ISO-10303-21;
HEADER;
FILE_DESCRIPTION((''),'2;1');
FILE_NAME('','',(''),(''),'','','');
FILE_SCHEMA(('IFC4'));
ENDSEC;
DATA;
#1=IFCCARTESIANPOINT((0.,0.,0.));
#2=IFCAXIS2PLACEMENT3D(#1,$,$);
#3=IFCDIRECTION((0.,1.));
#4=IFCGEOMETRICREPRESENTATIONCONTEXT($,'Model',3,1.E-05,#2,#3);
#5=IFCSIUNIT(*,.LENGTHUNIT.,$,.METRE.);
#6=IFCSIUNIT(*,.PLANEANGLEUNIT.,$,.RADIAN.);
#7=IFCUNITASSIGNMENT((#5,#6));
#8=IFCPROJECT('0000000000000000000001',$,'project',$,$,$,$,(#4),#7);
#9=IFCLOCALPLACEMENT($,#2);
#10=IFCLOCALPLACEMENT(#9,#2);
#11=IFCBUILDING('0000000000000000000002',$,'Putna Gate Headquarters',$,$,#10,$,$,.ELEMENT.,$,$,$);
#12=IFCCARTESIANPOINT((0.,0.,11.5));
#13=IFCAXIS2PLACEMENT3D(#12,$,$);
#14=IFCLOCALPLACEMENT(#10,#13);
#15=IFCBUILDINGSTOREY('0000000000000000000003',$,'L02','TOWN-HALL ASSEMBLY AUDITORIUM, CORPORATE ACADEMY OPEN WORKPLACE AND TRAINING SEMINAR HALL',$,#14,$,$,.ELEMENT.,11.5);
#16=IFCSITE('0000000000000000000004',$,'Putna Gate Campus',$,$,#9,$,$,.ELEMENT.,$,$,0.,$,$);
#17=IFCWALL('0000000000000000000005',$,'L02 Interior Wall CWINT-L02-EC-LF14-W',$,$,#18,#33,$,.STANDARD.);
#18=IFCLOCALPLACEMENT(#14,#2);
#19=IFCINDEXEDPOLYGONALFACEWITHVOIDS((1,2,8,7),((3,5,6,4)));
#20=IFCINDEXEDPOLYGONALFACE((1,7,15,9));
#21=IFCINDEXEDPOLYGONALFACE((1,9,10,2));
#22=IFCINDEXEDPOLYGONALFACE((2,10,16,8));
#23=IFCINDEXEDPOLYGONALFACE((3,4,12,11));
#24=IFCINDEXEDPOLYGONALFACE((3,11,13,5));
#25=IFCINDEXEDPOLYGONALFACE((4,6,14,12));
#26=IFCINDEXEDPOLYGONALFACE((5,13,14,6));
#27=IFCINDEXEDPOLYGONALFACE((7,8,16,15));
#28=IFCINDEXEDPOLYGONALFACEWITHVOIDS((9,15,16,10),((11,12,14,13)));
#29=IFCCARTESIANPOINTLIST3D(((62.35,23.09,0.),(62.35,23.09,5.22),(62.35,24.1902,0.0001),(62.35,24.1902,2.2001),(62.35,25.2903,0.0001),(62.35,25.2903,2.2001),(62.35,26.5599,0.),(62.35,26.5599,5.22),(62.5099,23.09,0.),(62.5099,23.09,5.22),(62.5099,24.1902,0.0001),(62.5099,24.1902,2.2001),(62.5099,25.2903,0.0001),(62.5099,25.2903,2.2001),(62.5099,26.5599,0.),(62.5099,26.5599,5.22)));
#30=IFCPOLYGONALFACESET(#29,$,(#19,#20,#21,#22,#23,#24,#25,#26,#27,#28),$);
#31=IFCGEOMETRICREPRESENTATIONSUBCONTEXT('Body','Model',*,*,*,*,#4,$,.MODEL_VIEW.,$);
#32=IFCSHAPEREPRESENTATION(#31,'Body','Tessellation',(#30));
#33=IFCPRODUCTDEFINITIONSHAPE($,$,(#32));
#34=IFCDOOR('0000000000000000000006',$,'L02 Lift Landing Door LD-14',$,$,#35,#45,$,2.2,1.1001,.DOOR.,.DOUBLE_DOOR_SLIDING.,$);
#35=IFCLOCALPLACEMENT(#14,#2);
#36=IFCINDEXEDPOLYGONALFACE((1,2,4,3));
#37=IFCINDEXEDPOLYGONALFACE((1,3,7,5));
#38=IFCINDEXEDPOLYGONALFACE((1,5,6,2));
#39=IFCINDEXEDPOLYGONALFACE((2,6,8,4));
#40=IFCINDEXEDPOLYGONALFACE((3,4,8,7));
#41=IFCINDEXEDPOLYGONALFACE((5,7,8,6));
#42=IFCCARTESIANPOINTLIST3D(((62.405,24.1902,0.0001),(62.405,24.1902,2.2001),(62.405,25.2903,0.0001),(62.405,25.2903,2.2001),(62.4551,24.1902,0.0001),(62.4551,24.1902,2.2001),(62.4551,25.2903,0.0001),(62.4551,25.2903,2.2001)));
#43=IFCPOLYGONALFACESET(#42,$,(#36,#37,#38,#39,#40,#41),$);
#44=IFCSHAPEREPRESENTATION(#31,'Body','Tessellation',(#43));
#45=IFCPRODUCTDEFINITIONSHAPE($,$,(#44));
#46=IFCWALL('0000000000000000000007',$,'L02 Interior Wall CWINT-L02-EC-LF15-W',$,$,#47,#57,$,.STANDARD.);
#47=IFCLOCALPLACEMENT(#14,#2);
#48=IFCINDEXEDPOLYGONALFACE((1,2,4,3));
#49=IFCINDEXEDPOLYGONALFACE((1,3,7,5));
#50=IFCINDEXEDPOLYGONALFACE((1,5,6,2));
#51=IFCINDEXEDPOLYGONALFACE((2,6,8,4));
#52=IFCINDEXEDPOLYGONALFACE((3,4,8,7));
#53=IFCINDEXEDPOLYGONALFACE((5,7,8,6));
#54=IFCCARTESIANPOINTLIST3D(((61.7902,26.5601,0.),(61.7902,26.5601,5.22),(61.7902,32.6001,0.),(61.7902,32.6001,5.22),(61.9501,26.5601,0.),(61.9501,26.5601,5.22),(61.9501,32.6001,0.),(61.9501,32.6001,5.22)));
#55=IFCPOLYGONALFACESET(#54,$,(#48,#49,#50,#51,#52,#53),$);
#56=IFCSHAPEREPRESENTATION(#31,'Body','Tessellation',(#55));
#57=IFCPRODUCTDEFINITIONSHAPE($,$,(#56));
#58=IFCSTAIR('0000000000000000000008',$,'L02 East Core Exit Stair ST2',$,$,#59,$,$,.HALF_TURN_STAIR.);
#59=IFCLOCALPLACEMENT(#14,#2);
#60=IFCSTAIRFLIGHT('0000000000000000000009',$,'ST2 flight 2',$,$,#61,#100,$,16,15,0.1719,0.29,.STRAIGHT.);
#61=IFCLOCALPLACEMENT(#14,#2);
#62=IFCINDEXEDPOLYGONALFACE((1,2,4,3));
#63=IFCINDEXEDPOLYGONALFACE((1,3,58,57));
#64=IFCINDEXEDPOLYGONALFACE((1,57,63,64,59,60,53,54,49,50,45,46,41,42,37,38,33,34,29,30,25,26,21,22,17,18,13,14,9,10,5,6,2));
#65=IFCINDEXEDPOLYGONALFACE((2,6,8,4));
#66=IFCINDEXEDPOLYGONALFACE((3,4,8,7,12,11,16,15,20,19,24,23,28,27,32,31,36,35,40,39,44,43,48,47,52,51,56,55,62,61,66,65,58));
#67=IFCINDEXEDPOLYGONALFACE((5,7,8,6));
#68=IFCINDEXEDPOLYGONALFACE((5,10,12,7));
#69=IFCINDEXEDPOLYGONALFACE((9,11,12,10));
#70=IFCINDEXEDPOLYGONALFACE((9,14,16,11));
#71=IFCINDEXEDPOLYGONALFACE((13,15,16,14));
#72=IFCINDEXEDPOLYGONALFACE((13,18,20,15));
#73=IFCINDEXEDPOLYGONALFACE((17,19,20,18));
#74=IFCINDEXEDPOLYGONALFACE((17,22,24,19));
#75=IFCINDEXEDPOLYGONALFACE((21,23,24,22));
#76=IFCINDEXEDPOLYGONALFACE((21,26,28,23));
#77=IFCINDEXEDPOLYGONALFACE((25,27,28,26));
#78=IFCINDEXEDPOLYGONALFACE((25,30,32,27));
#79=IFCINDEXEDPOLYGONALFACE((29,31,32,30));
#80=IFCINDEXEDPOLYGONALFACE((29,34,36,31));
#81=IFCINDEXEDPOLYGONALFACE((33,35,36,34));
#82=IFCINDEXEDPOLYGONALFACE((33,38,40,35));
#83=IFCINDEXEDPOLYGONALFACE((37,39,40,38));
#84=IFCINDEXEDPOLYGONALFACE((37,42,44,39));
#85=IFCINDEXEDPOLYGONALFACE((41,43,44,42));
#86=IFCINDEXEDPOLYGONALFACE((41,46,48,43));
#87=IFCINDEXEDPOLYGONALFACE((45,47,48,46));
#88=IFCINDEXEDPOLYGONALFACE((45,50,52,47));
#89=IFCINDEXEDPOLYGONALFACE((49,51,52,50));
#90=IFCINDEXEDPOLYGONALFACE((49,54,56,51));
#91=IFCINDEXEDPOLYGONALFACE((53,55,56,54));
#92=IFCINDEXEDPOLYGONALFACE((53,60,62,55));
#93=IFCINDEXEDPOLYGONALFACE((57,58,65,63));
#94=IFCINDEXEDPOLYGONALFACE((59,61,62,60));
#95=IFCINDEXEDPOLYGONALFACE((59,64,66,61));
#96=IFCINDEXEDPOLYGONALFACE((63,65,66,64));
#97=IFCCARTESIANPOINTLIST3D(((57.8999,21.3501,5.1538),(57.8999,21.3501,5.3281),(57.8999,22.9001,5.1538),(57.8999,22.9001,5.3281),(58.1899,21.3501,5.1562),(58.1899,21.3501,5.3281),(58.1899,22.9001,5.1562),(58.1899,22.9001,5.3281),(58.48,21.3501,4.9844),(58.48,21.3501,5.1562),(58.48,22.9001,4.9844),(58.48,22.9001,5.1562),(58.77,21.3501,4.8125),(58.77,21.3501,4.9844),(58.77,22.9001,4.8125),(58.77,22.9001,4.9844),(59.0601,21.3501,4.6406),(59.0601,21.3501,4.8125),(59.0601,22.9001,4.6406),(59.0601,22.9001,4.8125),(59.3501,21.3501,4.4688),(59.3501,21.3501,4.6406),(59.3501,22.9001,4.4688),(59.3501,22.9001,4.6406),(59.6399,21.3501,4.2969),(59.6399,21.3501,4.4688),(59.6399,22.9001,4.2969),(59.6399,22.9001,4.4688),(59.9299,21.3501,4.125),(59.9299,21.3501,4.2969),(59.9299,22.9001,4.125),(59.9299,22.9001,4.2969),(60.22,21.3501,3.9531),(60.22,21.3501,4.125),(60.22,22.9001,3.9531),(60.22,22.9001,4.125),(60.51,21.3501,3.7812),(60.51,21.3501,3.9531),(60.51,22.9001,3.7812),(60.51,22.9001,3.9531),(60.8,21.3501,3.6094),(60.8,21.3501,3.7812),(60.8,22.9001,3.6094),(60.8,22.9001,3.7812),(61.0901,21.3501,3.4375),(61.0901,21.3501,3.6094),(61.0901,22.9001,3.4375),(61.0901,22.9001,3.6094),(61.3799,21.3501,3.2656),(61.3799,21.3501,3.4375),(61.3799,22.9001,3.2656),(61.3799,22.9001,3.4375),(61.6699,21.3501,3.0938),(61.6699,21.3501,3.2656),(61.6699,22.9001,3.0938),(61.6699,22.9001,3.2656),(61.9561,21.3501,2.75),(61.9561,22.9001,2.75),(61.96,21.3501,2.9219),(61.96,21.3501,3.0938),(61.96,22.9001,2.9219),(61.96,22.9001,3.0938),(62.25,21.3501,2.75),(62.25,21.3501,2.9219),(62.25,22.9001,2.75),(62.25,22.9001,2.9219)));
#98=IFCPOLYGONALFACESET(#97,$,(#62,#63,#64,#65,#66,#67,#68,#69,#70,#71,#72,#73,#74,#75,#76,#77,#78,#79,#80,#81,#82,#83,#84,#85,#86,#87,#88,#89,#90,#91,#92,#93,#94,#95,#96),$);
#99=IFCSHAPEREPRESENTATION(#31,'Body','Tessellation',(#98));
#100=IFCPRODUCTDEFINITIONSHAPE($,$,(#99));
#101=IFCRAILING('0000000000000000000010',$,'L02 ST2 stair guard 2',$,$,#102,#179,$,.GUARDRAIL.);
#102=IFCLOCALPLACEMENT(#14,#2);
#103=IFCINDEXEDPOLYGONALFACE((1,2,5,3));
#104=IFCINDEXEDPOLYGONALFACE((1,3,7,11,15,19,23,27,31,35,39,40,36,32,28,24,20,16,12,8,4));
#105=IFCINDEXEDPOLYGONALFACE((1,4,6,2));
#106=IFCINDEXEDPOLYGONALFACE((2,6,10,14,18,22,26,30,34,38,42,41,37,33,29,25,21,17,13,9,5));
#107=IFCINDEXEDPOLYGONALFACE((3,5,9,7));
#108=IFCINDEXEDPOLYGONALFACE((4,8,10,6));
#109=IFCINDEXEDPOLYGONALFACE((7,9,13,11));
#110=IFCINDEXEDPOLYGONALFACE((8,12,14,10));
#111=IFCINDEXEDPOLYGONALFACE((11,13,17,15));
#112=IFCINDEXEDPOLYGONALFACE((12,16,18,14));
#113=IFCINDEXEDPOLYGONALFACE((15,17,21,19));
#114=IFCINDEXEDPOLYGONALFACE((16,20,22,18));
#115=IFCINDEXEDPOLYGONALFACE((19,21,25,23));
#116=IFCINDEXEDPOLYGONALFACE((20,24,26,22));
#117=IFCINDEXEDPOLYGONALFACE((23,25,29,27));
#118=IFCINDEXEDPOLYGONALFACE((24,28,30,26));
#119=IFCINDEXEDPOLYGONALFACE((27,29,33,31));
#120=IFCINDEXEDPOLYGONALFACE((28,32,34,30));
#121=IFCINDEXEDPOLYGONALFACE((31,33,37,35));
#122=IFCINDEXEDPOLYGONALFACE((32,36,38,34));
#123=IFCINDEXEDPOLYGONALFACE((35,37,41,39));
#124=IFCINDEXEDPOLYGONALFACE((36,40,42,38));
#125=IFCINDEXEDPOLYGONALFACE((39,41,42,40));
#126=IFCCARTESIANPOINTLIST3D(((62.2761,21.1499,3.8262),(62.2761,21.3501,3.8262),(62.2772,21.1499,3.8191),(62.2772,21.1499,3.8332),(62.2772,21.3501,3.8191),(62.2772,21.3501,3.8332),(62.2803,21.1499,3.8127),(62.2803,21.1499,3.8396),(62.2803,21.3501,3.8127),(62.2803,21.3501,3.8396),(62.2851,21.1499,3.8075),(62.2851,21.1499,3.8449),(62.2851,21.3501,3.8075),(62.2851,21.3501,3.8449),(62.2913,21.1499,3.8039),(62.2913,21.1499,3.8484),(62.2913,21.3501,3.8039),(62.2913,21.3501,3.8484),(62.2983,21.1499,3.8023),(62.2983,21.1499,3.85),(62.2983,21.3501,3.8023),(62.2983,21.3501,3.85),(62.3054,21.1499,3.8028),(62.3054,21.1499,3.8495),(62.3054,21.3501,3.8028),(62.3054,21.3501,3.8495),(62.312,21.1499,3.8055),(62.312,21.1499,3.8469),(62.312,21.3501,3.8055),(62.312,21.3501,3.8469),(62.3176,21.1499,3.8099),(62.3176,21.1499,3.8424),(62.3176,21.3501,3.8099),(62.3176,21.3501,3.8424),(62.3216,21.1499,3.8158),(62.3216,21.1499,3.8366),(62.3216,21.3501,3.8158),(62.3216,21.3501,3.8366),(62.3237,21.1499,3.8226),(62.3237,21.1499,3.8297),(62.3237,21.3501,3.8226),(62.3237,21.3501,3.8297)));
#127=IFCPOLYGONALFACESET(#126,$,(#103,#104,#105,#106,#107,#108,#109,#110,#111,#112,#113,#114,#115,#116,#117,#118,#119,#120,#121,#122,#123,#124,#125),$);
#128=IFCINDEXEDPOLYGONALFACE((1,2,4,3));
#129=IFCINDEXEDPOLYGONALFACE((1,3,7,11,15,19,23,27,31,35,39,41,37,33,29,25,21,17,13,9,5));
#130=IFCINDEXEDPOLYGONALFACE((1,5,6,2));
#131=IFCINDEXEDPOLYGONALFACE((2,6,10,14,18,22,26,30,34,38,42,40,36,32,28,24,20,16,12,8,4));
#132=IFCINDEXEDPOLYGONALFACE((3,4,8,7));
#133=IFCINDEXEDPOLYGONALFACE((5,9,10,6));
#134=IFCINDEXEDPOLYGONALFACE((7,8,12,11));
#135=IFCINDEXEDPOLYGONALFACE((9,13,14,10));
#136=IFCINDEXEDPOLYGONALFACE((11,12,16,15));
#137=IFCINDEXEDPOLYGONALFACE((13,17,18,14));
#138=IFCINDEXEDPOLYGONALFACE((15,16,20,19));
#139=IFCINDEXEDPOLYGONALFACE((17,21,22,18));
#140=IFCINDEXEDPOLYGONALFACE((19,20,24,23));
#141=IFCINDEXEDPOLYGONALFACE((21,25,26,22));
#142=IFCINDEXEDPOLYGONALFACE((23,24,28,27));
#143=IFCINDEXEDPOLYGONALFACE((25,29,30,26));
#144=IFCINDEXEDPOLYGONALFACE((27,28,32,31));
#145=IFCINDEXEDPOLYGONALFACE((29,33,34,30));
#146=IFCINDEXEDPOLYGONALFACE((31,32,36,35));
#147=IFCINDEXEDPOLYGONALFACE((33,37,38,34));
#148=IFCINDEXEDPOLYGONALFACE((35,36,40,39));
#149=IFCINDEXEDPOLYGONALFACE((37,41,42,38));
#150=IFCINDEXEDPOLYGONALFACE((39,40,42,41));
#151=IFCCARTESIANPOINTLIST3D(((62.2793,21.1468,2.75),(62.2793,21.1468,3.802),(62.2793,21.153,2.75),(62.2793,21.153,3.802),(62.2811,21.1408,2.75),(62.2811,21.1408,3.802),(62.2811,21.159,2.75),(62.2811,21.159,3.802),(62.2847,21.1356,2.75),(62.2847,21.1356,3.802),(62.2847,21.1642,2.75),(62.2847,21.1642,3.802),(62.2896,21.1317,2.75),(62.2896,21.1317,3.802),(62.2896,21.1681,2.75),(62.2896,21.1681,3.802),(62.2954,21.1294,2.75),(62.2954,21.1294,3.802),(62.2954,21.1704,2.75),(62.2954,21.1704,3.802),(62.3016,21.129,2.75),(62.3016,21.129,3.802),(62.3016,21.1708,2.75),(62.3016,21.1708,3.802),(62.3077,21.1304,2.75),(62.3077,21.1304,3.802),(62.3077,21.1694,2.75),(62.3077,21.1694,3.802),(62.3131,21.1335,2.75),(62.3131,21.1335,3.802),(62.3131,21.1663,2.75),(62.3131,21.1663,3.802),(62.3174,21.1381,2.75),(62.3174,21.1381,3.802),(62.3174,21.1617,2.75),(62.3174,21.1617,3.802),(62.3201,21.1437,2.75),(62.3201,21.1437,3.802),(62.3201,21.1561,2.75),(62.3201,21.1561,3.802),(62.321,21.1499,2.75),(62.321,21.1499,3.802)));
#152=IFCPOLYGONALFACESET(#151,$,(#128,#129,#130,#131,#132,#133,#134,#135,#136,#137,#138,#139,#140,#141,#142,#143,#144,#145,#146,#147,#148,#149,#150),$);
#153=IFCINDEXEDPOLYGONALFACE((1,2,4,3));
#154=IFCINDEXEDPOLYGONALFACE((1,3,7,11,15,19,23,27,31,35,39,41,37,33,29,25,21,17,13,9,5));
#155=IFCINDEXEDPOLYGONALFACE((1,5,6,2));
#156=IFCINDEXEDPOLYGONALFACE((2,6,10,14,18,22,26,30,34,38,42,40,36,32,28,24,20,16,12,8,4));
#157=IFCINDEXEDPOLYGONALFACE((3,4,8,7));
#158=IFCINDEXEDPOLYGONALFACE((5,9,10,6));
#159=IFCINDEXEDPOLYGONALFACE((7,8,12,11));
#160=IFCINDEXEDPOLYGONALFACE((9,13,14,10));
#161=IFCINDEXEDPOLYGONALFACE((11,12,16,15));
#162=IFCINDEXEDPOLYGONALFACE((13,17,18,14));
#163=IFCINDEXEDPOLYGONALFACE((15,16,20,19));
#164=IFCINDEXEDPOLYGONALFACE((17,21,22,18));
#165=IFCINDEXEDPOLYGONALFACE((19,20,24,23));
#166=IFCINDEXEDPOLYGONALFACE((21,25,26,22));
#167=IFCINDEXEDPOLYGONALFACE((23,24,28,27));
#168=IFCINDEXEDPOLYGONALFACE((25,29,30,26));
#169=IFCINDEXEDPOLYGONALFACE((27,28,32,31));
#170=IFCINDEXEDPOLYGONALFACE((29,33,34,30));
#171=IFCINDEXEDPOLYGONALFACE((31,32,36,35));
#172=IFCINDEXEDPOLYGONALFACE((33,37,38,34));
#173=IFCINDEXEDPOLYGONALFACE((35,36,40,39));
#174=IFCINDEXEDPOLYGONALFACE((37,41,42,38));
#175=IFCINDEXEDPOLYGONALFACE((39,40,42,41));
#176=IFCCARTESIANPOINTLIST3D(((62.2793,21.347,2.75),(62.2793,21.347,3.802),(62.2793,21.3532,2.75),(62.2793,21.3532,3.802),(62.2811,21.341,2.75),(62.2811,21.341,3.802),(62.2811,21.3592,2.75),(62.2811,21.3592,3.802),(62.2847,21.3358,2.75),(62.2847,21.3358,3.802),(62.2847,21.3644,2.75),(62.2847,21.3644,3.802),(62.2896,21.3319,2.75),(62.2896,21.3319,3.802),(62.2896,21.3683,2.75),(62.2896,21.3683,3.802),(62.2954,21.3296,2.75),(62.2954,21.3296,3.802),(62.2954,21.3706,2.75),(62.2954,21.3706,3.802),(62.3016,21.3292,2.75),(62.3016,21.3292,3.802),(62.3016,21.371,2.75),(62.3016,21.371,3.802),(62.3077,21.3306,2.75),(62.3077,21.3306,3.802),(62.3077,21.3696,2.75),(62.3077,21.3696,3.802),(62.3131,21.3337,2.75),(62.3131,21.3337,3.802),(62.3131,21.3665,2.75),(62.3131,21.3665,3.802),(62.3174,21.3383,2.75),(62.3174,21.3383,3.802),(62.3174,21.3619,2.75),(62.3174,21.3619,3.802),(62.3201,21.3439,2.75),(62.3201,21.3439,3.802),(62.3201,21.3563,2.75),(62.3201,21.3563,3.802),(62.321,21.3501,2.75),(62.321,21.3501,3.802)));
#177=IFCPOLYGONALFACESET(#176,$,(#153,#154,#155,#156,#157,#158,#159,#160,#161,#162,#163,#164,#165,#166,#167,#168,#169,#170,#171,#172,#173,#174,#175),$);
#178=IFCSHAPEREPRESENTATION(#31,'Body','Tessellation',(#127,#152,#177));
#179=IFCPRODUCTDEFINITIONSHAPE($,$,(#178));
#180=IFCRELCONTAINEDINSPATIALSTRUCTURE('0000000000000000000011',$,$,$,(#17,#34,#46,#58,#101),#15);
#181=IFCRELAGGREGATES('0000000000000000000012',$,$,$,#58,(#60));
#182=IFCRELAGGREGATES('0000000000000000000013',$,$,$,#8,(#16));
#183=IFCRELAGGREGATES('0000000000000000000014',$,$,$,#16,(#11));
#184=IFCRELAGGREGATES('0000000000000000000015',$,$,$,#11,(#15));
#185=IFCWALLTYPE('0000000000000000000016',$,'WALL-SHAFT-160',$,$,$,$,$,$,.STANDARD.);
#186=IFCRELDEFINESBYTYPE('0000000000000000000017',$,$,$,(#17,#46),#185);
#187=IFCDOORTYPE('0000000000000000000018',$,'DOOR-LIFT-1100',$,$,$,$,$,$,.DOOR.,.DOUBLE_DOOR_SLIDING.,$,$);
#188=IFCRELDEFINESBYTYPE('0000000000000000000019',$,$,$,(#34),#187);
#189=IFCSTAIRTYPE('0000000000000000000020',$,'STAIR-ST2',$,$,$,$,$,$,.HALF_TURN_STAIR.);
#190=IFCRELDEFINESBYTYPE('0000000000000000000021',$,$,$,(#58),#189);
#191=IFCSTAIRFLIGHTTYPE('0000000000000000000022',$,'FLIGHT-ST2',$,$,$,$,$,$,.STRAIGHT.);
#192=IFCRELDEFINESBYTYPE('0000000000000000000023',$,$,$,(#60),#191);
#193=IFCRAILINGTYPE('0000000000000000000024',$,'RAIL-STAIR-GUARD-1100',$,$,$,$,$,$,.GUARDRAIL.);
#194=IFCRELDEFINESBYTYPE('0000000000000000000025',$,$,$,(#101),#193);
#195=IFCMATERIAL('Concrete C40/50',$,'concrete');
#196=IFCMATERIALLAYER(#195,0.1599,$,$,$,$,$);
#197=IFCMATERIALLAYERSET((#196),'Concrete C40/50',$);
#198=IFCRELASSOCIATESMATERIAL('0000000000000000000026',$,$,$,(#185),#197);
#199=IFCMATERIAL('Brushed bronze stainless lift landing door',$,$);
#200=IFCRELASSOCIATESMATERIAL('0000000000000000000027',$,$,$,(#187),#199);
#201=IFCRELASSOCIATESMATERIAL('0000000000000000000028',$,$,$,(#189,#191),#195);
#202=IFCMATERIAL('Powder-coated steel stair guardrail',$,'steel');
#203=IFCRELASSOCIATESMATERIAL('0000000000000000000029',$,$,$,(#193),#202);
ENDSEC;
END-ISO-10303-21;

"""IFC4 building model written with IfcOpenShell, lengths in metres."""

from ifc_helpers import new_model, si_unit, direction, frame, frame_2d, origin, origin_2d, place, context, subcontext, project, spatial, polyline, rectangle, circle, outline, extrude, material, layer, layer_set, type_object, element, fill, aggregate, save


model = new_model("IFC4")

# Units and contexts
model_context = context("Model", 3, precision=1e-05, world=origin(), true_north=direction((0.0, 1.0)))
body_context = subcontext(model_context, "Body", "Model", "MODEL_VIEW")
ifc_project = project(units=[si_unit("LENGTHUNIT", "METRE"), si_unit("PLANEANGLEUNIT", "RADIAN")], contexts=[model_context])

# Site, building, storey
site_placement = place(None, origin())
site = spatial("IfcSite", under=ifc_project, at=site_placement, Name="Putna Gate Campus", CompositionType="ELEMENT", RefElevation=0.0)
building_placement = place(site_placement, origin())
building = spatial("IfcBuilding", under=site, at=building_placement, Name="Putna Gate Headquarters", CompositionType="ELEMENT")
storey_placement = place(building_placement, frame((0.0, 0.0, 11.5)))
storey = spatial("IfcBuildingStorey", under=building, at=storey_placement, Name="L02", Description="TOWN-HALL ASSEMBLY AUDITORIUM, CORPORATE ACADEMY OPEN WORKPLACE AND TRAINING SEMINAR HALL", CompositionType="ELEMENT", Elevation=11.5)

# Wall, opening, door
ifc_material_1 = material(Name="Concrete C40/50", Category="concrete")
ifc_layer_1 = layer(ifc_material_1, 0.1599)
ifc_layer_set_1 = layer_set([ifc_layer_1], Name="Concrete C40/50")
wall_type_1 = type_object("IfcWallType", Name="WALL-SHAFT-160", PredefinedType="STANDARD", material=ifc_layer_set_1)
wall_1_placement = place(storey_placement, frame((62.4299, 23.0901, 0.0), z_axis=(0.0, 0.0, 1.0), x_axis=(0.0, 1.0, 0.0)))
wall_1 = element("IfcWall", 1, at=wall_1_placement, inside=storey, type_object=wall_type_1, Name="L02 Interior Wall CWINT-L02-EC-LF14-W", PredefinedType="STANDARD", context=body_context, shape_type="SweptSolid", body=[
    extrude(rectangle(XDim=3.47, YDim=0.1599, at=frame_2d((1.7349, 0.0))), origin(), (0.0, 0.0, 1.0), 5.22),
])
opening_placement = place(wall_1_placement, frame((1.1001, 0.0, 0.0)))
opening = element("IfcOpeningElement", 2, at=opening_placement, cuts=wall_1, PredefinedType="OPENING", context=body_context, shape_type="SweptSolid", body=[
    extrude(rectangle(XDim=1.1001, YDim=2.2, at=frame_2d((0.55, 1.1001))), frame((0.0, 0.0898, 0.0), z_axis=(0.0, -1.0, 0.0), x_axis=(1.0, 0.0, 0.0)), (0.0, 0.0, 1.0), 0.1799),
])
ifc_material_2 = material(Name="Brushed bronze stainless lift landing door")
door_type = type_object("IfcDoorType", Name="DOOR-LIFT-1100", OperationType="DOUBLE_DOOR_SLIDING", PredefinedType="DOOR", material=ifc_material_2)
door_placement = place(opening_placement, origin())
door = element("IfcDoor", 3, at=door_placement, inside=storey, type_object=door_type, Name="L02 Lift Landing Door LD-14", OperationType="DOUBLE_DOOR_SLIDING", OverallHeight=2.2, OverallWidth=1.1001, PredefinedType="DOOR", context=body_context, shape_type="SweptSolid", body=[
    extrude(rectangle(XDim=1.1001, YDim=2.2, at=frame_2d((0.55, 1.1001))), frame((0.0, 0.0249, 0.0), z_axis=(0.0, -1.0, 0.0), x_axis=(1.0, 0.0, 0.0)), (0.0, 0.0, 1.0), 0.05),
])
fill(opening, door)

# Wall
wall_2_placement = place(storey_placement, frame((61.8701, 26.5601, 0.0), z_axis=(0.0, 0.0, 1.0), x_axis=(0.0, 1.0, 0.0)))
element("IfcWall", 4, at=wall_2_placement, inside=storey, type_object=wall_type_1, Name="L02 Interior Wall CWINT-L02-EC-LF15-W", PredefinedType="STANDARD", context=body_context, shape_type="SweptSolid", body=[
    extrude(rectangle(XDim=6.04, YDim=0.1599, at=frame_2d((3.02, 0.0))), origin(), (0.0, 0.0, 1.0), 5.22),
])

# Stair, stair flight
stair_type = type_object("IfcStairType", Name="STAIR-ST2", PredefinedType="HALF_TURN_STAIR", material=ifc_material_1)
stair_placement = place(storey_placement, origin())
stair = element("IfcStair", 5, at=stair_placement, inside=storey, type_object=stair_type, Name="L02 East Core Exit Stair ST2", PredefinedType="HALF_TURN_STAIR")
stair_flight_type = type_object("IfcStairFlightType", Name="FLIGHT-ST2", PredefinedType="STRAIGHT", material=ifc_material_1)
stair_flight_placement = place(storey_placement, frame((62.25, 22.125, 2.75), z_axis=(0.0, 0.0, 1.0), x_axis=(-1.0, 0.0, 0.0)))
stair_flight = element("IfcStairFlight", 6, at=stair_flight_placement, type_object=stair_flight_type, Name="ST2 flight 2", NumberOfRisers=16, NumberOfTreads=15, PredefinedType="STRAIGHT", RiserHeight=0.1719, TreadLength=0.29, context=body_context, shape_type="SweptSolid", body=[
    extrude(outline(polyline([(0.0, 0.0), (0.0, 0.1719), (0.29, 0.1719), (0.29, 0.3438), (0.5801, 0.3438), (0.5801, 0.5156), (0.8701, 0.5156), (0.8701, 0.6875), (1.1599, 0.6875), (1.1599, 0.8594), (1.45, 0.8594), (1.45, 1.0312), (1.74, 1.0312), (1.74, 1.2031), (2.03, 1.2031), (2.03, 1.375), (2.3201, 1.375), (2.3201, 1.5469), (2.6101, 1.5469), (2.6101, 1.7188), (2.8999, 1.7188), (2.8999, 1.8906), (3.1899, 1.8906), (3.1899, 2.0625), (3.48, 2.0625), (3.48, 2.2344), (3.77, 2.2344), (3.77, 2.4062), (4.0601, 2.4062), (4.0601, 2.5781), (4.3501, 2.5781), (4.3501, 2.75), (4.3501, 2.4038), (0.2939, 0.0), (0.0, 0.0)])), frame((0.0, 0.7749, 0.0), z_axis=(0.0, -1.0, 0.0), x_axis=(1.0, 0.0, 0.0)), (0.0, 0.0, 1.0), 1.55),
])
aggregate(stair, [stair_flight])

# Railing
ifc_material_3 = material(Name="Powder-coated steel stair guardrail", Category="steel")
railing_type_1 = type_object("IfcRailingType", Name="RAIL-STAIR-GUARD-1100", PredefinedType="GUARDRAIL", material=ifc_material_3)
railing_1_placement = place(storey_placement, frame((62.3, 21.1499, 2.75)))
element("IfcRailing", 7, at=railing_1_placement, inside=storey, type_object=railing_type_1, Name="L02 ST2 stair guard 2", PredefinedType="GUARDRAIL", context=body_context, shape_type="SweptSolid", body=[
    extrude(circle(Radius=0.0239, at=origin_2d()), frame((0.0, 0.0, 1.0762), z_axis=(0.0, 1.0, 0.0), x_axis=(-1.0, 0.0, 0.0)), (0.0, 0.0, 1.0), 0.2002),
    extrude(circle(Radius=0.021, at=origin_2d()), origin(), (0.0, 0.0, 1.0), 1.052),
    extrude(circle(Radius=0.021, at=origin_2d()), frame((0.0, 0.2002, 0.0)), (0.0, 0.0, 1.0), 1.052),
])

save(model, "model.ifc")
